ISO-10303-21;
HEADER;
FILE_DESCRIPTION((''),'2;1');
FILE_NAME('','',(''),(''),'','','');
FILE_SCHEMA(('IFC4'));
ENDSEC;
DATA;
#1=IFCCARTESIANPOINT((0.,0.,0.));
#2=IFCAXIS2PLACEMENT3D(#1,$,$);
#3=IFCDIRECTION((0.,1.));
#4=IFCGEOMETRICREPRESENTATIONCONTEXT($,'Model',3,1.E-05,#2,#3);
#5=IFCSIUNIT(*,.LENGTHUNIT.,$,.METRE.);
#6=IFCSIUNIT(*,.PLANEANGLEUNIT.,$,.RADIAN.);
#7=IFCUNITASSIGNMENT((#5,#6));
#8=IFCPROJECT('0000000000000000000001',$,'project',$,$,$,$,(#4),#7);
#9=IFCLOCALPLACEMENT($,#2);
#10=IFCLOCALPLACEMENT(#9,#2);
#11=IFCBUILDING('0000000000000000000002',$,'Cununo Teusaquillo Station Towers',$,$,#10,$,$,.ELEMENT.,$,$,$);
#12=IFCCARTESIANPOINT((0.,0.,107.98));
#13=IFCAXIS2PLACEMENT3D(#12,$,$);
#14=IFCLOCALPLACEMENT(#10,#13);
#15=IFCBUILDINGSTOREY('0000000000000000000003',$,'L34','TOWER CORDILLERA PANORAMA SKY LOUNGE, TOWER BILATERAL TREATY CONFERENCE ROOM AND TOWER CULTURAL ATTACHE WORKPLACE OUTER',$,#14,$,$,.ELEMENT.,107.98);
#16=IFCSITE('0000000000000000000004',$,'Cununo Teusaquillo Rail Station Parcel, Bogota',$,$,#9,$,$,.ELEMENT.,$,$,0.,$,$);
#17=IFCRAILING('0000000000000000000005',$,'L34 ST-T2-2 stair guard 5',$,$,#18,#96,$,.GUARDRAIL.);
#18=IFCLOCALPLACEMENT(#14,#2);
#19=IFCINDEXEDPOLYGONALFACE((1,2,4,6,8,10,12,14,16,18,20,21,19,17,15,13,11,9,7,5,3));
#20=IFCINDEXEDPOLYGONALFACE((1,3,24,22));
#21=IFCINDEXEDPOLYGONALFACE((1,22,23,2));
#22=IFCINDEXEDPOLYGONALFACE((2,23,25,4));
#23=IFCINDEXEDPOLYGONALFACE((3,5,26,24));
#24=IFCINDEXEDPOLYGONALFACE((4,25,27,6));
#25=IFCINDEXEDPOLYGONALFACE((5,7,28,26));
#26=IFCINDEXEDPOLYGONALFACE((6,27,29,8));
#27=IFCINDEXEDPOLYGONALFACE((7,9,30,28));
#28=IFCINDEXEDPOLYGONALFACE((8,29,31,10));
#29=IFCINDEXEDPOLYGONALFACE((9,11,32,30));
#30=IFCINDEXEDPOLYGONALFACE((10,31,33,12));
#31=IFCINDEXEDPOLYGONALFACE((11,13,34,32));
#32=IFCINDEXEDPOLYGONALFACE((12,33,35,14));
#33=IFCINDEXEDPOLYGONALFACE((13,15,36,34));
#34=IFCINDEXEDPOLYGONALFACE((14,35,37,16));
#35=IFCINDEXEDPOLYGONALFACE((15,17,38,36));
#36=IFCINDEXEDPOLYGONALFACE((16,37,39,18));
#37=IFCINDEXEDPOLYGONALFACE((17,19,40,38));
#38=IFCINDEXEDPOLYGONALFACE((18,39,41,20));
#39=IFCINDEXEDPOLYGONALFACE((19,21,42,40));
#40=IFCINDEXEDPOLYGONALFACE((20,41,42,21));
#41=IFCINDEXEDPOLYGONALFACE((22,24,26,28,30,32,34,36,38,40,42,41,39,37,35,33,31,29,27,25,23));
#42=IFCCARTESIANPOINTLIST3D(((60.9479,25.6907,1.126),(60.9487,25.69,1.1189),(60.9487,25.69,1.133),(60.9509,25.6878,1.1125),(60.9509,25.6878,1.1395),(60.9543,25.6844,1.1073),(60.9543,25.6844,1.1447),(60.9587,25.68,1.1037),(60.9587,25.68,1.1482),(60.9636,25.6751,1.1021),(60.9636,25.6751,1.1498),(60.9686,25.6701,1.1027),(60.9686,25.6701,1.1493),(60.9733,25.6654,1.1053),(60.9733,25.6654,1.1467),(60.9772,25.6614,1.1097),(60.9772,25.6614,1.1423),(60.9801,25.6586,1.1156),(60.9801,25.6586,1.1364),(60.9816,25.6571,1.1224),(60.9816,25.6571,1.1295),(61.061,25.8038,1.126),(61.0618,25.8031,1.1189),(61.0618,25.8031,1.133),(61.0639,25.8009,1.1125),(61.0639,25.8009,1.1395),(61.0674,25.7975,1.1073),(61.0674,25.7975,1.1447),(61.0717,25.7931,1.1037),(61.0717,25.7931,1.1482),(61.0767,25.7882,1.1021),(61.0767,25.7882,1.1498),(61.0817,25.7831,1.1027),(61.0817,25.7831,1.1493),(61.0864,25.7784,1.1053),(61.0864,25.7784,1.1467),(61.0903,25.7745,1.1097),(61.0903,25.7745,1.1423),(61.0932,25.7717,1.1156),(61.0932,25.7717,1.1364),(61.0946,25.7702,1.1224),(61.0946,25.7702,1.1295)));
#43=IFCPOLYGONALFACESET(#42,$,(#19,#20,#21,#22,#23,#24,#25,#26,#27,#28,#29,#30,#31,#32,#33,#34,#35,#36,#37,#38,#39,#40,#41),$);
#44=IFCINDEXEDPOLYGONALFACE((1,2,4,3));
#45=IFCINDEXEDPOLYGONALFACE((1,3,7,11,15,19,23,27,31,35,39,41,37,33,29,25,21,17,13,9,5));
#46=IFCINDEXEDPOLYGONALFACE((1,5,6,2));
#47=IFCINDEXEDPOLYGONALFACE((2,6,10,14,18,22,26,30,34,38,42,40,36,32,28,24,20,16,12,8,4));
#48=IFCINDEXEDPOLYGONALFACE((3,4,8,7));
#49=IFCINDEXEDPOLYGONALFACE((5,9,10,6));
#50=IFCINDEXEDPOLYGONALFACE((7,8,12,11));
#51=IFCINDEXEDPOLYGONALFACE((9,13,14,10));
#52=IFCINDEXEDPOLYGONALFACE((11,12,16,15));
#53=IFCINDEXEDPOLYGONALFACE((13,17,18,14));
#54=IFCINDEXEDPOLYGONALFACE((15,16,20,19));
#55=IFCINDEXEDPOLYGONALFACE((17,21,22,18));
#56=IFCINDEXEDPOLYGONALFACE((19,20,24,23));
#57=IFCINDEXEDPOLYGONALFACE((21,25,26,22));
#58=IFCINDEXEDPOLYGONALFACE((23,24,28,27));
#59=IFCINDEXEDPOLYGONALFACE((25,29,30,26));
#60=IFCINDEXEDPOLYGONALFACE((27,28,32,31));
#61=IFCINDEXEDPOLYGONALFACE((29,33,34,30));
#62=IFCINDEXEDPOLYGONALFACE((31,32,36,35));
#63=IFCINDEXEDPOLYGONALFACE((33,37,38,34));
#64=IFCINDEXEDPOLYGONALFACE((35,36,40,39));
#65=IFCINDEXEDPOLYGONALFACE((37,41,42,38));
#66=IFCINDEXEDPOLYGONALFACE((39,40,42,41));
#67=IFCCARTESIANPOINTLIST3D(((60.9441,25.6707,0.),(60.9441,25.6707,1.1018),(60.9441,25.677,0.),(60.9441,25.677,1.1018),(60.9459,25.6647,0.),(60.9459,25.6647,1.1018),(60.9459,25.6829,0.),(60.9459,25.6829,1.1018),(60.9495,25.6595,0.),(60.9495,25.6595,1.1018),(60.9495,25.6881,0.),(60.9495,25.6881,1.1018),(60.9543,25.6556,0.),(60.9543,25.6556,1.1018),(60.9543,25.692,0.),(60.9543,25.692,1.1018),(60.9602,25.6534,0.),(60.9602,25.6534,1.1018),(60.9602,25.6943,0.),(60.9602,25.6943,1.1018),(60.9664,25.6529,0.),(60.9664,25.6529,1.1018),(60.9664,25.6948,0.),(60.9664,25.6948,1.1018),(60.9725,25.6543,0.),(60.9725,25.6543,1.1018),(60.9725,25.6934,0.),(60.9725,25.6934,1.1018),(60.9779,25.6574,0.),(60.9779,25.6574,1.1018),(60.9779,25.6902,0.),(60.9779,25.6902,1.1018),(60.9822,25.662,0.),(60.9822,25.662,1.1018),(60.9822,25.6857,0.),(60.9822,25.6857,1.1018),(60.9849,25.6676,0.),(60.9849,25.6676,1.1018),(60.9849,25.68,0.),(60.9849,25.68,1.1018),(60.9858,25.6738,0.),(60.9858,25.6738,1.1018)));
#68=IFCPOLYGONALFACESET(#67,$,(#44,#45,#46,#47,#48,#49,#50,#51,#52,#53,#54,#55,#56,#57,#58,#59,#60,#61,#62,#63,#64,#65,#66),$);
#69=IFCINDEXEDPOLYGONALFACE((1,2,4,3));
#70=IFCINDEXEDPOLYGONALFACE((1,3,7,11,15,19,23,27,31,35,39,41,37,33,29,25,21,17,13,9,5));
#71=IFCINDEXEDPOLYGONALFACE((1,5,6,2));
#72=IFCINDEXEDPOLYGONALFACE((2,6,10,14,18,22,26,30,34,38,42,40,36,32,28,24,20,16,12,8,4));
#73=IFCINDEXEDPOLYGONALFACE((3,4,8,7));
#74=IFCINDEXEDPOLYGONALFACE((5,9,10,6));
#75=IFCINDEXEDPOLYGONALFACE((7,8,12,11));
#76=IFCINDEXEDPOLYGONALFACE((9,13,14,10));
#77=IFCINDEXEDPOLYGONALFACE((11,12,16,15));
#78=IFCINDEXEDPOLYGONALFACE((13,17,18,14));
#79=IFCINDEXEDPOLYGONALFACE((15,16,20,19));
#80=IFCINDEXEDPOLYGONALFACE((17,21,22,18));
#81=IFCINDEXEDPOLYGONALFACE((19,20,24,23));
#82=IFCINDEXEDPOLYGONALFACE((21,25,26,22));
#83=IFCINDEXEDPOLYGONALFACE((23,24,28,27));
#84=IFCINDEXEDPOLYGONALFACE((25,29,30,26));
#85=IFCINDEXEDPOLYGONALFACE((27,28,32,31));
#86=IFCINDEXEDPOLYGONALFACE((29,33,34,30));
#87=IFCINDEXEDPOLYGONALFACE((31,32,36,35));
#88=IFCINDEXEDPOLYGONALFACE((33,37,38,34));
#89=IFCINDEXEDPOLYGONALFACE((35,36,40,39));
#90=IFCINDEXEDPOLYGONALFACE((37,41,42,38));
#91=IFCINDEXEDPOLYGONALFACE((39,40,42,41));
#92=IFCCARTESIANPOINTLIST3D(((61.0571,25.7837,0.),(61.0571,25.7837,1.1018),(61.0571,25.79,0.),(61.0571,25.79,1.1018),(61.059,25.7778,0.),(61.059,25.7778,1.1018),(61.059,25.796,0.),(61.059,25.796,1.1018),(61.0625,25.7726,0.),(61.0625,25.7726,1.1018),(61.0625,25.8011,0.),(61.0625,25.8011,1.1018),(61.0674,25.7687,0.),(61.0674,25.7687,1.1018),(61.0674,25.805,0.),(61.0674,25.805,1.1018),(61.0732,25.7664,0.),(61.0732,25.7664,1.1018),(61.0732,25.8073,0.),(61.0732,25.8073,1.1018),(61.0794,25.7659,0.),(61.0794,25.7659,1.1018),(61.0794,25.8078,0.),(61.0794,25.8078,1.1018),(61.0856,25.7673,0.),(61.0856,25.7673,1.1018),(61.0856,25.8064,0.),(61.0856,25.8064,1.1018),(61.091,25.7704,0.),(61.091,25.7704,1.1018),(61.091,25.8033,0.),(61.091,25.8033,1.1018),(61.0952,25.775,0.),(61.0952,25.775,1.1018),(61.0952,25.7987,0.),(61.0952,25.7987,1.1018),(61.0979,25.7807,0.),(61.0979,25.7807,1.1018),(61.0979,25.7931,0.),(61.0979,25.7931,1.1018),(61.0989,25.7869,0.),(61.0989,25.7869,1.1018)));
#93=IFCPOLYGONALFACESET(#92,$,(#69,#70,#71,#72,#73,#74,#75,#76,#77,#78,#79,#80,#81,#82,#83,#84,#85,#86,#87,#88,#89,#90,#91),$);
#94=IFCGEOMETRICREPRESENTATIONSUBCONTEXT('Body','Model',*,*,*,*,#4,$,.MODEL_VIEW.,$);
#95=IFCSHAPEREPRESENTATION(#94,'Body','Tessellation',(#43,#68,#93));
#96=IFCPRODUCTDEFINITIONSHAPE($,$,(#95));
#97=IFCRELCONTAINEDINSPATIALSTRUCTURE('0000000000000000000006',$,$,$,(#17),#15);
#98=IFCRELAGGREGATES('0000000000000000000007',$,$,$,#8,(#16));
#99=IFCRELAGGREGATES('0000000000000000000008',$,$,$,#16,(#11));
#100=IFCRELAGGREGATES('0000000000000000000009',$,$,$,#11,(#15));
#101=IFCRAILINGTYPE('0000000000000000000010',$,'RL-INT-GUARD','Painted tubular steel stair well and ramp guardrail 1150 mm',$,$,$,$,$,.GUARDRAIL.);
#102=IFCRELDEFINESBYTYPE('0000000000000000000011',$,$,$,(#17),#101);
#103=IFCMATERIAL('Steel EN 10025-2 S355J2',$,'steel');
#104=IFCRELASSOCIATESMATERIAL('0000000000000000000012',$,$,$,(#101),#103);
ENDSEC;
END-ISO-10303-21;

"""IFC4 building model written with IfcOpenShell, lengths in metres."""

from ifc_helpers import new_model, si_unit, direction, frame, origin, origin_2d, place, context, subcontext, project, spatial, circle, extrude, material, type_object, element, save


model = new_model("IFC4")

# Units and contexts
model_context = context("Model", 3, precision=1e-05, world=origin(), true_north=direction((0.0, 1.0)))
body_context = subcontext(model_context, "Body", "Model", "MODEL_VIEW")
ifc_project = project(units=[si_unit("LENGTHUNIT", "METRE"), si_unit("PLANEANGLEUNIT", "RADIAN")], contexts=[model_context])

# Site, building, storey
site_placement = place(None, origin())
site = spatial("IfcSite", under=ifc_project, at=site_placement, Name="Cununo Teusaquillo Rail Station Parcel, Bogota", CompositionType="ELEMENT", RefElevation=0.0)
building_placement = place(site_placement, origin())
building = spatial("IfcBuilding", under=site, at=building_placement, Name="Cununo Teusaquillo Station Towers", CompositionType="ELEMENT")
storey_placement = place(building_placement, frame((0.0, 0.0, 107.98)))
storey = spatial("IfcBuildingStorey", under=building, at=storey_placement, Name="L34", Description="TOWER CORDILLERA PANORAMA SKY LOUNGE, TOWER BILATERAL TREATY CONFERENCE ROOM AND TOWER CULTURAL ATTACHE WORKPLACE OUTER", CompositionType="ELEMENT", Elevation=107.98)

# Railing
ifc_material_1 = material(Name="Steel EN 10025-2 S355J2", Category="steel")
railing_type_1 = type_object("IfcRailingType", Name="RL-INT-GUARD", Description="Painted tubular steel stair well and ramp guardrail 1150 mm", PredefinedType="GUARDRAIL", material=ifc_material_1)
railing_1_placement = place(storey_placement, frame((60.9648, 25.6738, 0.0)))
element("IfcRailing", 1, at=railing_1_placement, inside=storey, type_object=railing_type_1, Name="L34 ST-T2-2 stair guard 5", PredefinedType="GUARDRAIL", context=body_context, shape_type="SweptSolid", body=[
    extrude(circle(Radius=0.0239, at=origin_2d()), frame((0.0, 0.0, 1.126), z_axis=(0.707107, 0.707107, 0.0), x_axis=(-0.707107, 0.707107, 0.0)), (0.0, 0.0, 1.0), 0.1599),
    extrude(circle(Radius=0.021, at=origin_2d()), origin(), (0.0, 0.0, 1.0), 1.1018),
    extrude(circle(Radius=0.021, at=origin_2d()), frame((0.113, 0.113, 0.0)), (0.0, 0.0, 1.0), 1.1018),
])

save(model, "model.ifc")
